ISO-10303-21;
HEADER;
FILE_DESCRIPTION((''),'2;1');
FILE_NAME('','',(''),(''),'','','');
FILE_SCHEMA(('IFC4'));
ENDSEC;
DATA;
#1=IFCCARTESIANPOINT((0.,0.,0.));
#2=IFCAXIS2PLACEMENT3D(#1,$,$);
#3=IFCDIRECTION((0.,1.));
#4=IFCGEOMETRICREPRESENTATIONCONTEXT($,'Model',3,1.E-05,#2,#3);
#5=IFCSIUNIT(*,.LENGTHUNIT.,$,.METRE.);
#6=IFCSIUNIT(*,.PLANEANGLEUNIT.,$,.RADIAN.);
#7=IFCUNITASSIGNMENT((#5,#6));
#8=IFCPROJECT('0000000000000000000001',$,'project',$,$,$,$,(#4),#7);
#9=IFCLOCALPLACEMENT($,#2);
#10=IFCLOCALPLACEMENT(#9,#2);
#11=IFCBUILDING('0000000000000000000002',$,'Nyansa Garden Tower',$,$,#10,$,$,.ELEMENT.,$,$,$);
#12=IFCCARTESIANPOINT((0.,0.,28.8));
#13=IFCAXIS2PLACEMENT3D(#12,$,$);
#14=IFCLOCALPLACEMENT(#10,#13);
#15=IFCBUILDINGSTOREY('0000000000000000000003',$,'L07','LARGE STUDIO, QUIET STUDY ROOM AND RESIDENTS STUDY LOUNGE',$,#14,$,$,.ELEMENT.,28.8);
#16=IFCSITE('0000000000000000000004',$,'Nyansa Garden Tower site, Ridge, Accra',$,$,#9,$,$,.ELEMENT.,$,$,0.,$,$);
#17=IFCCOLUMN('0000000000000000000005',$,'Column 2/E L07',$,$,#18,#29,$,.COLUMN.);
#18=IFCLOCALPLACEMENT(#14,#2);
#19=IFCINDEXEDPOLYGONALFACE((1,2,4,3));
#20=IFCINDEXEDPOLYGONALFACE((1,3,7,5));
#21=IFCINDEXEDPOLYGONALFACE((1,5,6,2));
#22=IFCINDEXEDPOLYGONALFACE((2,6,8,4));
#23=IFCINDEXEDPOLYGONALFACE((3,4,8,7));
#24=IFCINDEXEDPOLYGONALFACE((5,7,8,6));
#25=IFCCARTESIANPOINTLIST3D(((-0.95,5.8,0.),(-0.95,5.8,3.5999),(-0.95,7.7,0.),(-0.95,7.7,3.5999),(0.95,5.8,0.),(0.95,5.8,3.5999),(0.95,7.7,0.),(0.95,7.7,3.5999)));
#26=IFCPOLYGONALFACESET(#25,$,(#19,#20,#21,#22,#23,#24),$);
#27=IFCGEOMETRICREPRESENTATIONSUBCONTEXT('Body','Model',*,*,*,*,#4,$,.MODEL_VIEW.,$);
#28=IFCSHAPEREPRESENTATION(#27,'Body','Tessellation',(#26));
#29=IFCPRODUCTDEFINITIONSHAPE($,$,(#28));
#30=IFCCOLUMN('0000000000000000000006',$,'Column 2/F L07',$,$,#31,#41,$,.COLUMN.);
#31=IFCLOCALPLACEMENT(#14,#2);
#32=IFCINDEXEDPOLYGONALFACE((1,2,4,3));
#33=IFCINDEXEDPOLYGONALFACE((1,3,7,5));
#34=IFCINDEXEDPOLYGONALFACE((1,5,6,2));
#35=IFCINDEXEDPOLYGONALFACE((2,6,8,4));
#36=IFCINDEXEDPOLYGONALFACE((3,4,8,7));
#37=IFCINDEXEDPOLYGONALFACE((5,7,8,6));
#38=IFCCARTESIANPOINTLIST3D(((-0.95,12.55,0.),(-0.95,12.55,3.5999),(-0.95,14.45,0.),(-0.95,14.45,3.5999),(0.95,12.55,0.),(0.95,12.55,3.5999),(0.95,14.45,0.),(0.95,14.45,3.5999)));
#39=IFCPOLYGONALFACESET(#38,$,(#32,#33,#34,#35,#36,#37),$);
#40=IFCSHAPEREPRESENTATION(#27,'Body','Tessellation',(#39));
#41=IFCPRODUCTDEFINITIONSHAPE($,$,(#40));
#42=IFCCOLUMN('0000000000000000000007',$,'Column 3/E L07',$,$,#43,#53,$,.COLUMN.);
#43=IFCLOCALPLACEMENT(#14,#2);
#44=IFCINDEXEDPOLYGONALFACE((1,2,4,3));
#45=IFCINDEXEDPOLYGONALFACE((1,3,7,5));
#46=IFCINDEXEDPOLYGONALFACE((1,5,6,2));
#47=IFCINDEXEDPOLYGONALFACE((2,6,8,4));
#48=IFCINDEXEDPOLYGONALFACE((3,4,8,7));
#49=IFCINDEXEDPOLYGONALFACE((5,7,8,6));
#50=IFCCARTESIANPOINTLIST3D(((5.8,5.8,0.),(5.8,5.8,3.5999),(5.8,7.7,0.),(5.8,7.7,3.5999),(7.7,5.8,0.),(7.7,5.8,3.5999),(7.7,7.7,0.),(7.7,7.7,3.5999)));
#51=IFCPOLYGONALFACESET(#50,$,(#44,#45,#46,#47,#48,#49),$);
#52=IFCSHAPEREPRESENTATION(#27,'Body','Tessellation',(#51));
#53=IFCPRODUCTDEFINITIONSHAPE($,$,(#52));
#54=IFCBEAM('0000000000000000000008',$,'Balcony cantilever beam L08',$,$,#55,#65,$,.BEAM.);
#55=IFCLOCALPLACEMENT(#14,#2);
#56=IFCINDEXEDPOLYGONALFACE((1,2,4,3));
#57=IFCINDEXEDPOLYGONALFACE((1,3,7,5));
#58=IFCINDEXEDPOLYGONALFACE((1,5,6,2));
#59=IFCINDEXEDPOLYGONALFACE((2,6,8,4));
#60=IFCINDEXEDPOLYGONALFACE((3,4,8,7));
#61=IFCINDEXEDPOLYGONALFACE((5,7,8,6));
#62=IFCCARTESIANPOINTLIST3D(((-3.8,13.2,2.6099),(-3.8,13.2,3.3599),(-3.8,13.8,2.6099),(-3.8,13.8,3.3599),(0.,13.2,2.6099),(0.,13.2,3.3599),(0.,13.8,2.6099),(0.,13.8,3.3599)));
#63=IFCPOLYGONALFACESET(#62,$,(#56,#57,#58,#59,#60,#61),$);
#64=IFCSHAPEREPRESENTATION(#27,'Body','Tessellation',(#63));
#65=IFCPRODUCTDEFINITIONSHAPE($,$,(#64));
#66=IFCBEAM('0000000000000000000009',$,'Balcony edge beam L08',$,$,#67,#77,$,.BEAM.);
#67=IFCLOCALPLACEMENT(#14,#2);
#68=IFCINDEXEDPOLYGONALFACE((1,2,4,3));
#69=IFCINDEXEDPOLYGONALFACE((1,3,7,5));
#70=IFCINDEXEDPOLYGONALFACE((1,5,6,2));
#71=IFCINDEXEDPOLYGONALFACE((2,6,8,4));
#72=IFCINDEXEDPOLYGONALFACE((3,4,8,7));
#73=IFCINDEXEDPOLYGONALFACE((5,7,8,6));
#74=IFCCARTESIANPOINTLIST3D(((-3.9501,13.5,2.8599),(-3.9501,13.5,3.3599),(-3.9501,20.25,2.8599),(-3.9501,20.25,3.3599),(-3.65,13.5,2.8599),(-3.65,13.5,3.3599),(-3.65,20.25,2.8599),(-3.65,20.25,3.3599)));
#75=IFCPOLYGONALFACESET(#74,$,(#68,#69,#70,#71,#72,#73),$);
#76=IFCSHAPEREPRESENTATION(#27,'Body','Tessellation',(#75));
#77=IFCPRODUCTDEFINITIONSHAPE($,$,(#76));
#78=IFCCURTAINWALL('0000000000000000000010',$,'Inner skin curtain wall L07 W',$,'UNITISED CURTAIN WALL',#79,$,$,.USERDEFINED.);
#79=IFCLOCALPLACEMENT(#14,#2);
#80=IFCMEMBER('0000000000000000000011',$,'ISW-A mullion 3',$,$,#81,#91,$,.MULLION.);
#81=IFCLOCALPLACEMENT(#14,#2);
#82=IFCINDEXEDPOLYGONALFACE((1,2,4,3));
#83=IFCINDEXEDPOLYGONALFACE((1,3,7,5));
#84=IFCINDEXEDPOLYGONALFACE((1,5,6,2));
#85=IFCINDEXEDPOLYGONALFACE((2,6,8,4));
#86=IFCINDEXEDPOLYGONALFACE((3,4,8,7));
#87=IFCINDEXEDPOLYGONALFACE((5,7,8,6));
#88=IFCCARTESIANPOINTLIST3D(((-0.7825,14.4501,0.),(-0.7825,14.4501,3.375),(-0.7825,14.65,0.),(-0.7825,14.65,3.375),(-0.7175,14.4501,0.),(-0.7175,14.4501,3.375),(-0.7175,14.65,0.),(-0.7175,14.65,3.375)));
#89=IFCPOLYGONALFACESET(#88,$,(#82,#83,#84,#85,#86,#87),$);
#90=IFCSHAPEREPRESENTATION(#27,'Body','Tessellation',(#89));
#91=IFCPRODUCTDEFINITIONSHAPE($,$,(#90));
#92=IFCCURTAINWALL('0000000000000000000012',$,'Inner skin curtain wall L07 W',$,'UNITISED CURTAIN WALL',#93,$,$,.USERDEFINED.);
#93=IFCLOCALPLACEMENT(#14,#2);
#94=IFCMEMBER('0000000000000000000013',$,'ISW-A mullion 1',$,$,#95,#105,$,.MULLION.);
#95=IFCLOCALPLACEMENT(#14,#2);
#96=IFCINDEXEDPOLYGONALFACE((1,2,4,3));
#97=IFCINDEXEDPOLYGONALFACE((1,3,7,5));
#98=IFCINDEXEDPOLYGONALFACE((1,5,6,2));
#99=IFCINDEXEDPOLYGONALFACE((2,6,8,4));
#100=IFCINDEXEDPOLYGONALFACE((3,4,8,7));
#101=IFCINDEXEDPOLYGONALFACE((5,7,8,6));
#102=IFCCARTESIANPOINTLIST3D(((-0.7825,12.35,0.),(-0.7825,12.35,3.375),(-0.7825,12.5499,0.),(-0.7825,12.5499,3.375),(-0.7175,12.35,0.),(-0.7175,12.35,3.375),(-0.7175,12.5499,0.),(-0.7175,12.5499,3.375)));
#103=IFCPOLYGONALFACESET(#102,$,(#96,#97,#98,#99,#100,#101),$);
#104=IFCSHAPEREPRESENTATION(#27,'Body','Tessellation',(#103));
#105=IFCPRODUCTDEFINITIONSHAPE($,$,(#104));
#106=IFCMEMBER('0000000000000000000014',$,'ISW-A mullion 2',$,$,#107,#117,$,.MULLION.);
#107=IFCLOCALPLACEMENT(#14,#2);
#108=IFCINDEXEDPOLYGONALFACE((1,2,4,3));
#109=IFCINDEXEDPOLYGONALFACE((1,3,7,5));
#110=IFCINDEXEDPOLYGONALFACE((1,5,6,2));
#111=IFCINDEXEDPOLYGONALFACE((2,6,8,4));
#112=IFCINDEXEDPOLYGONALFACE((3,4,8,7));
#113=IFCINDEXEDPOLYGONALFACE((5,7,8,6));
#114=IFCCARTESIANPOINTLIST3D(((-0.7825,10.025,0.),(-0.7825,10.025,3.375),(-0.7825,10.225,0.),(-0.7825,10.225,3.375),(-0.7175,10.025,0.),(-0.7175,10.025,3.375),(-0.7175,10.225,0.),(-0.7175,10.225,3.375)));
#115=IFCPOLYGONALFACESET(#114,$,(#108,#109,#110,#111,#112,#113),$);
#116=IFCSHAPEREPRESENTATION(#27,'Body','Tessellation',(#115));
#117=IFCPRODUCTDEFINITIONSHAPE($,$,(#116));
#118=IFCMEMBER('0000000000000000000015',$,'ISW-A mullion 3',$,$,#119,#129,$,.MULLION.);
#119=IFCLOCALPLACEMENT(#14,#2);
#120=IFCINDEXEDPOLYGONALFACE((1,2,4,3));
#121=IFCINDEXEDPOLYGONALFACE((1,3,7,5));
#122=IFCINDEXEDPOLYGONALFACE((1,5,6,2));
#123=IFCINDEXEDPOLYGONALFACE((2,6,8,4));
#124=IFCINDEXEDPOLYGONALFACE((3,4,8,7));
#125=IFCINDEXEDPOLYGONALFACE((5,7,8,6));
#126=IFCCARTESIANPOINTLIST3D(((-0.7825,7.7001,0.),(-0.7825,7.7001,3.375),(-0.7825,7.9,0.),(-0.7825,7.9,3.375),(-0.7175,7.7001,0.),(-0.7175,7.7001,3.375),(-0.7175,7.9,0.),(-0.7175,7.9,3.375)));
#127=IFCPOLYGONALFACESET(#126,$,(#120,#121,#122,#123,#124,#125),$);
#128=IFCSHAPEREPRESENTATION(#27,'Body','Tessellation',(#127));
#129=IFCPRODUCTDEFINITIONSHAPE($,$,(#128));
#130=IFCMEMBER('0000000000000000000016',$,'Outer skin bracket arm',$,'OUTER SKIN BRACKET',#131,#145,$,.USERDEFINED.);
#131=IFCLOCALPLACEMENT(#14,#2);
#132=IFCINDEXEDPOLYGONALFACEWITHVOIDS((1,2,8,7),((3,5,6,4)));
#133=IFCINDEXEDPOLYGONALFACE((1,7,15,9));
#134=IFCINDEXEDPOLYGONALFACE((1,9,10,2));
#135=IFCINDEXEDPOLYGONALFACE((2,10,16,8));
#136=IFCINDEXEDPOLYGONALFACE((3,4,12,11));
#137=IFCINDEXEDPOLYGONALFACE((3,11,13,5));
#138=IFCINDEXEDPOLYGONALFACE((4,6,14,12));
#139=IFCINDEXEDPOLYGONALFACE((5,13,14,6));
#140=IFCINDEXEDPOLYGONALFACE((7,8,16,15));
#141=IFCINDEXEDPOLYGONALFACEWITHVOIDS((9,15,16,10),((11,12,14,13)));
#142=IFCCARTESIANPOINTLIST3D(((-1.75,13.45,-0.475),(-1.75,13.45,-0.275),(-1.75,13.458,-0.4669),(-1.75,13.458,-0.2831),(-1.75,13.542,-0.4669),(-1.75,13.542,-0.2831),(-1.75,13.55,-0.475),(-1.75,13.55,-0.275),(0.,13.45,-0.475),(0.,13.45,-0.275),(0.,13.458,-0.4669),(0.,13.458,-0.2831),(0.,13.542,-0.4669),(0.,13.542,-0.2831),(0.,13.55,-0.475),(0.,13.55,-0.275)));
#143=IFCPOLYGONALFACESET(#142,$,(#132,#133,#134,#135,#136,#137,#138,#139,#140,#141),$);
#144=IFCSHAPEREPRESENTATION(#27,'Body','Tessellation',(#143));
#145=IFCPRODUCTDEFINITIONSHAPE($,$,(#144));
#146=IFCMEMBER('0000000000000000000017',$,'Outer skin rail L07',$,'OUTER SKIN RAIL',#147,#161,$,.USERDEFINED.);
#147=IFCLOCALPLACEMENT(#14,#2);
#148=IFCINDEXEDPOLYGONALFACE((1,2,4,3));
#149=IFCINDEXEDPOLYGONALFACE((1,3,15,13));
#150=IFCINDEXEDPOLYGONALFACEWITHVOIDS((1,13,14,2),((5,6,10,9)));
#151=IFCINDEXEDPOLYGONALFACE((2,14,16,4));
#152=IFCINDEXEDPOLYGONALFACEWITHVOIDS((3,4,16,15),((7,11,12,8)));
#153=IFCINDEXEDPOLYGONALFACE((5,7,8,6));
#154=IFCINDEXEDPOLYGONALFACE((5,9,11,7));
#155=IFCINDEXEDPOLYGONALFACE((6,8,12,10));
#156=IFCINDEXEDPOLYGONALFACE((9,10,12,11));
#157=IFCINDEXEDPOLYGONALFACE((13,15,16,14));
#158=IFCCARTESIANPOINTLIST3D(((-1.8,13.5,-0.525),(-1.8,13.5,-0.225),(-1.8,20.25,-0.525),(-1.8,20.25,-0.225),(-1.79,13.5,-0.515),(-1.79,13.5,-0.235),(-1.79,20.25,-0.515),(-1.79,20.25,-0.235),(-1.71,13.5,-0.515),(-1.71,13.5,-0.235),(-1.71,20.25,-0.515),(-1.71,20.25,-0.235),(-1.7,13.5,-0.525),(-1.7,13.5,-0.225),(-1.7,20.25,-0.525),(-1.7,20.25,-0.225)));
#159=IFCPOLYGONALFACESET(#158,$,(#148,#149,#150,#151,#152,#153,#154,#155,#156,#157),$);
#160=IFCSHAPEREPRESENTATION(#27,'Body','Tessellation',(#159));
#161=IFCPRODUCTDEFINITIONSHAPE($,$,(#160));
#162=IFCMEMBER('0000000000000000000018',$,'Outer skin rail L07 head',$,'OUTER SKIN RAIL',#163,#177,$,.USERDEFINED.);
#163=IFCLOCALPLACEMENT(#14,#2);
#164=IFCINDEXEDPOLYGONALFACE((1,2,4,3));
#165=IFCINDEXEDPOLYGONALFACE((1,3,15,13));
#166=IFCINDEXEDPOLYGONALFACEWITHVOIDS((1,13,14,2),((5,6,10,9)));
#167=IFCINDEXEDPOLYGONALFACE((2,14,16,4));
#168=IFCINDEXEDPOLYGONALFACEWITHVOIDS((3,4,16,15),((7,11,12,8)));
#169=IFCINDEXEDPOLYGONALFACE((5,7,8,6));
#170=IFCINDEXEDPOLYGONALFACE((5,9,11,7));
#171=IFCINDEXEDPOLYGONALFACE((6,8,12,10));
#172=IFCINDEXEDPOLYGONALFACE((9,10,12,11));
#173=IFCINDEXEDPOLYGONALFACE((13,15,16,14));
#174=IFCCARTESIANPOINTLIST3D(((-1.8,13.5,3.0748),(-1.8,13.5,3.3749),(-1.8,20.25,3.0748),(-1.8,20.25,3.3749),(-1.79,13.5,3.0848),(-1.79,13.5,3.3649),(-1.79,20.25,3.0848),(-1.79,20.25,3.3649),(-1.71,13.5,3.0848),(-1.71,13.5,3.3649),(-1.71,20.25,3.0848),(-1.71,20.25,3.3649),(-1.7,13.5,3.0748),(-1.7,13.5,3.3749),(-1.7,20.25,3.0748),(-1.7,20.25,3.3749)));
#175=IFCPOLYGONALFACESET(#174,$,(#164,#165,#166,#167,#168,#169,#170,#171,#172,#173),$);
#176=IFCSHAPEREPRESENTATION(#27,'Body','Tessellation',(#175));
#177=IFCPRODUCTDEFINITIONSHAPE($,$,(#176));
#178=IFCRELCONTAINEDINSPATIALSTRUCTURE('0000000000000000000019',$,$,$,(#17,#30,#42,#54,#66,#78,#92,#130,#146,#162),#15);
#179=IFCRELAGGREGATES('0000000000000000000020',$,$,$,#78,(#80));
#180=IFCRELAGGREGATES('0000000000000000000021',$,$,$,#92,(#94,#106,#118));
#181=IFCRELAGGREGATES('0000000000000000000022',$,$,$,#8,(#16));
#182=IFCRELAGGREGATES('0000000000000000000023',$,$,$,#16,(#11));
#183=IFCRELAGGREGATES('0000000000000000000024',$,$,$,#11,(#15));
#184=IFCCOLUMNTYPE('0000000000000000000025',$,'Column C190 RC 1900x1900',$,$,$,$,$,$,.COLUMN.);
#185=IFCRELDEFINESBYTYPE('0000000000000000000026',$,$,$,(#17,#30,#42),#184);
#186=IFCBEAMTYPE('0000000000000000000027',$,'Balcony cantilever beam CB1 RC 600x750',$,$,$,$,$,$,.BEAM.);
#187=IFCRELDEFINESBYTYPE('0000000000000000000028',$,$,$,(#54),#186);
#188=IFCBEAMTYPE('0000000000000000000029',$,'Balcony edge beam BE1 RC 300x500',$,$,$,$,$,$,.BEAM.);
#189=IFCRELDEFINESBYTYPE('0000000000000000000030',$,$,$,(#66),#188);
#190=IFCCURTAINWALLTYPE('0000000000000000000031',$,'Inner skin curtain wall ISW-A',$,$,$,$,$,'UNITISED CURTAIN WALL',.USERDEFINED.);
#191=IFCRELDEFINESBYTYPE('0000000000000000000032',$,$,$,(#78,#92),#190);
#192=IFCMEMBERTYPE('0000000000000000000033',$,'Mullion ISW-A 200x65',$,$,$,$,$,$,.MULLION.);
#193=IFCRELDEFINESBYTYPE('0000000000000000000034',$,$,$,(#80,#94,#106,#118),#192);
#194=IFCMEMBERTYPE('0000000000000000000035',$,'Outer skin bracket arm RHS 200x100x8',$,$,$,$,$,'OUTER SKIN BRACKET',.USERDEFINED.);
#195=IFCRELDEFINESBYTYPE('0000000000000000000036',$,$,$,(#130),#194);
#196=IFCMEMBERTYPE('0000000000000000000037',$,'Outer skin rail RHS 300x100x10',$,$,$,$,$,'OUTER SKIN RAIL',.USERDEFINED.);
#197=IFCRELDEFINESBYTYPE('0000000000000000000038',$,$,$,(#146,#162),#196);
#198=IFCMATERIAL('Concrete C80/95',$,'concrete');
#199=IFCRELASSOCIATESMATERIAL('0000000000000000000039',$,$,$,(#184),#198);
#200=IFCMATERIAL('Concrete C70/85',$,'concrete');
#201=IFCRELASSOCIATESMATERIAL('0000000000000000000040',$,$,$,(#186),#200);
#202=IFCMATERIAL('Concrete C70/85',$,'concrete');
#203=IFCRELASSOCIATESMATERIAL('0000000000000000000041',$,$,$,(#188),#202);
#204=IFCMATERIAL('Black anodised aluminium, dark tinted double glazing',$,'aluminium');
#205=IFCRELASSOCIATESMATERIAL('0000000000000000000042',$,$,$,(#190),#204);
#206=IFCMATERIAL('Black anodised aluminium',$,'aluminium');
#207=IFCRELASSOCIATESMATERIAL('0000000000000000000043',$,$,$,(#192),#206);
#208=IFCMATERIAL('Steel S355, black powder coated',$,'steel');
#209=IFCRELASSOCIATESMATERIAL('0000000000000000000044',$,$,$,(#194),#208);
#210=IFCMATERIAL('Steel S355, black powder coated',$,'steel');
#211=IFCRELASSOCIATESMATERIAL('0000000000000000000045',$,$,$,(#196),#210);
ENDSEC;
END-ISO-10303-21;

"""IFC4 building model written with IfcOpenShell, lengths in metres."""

from ifc_helpers import new_model, si_unit, direction, frame, origin, origin_2d, place, context, subcontext, project, spatial, rectangle, hollow_rectangle, extrude, material, material_profile, profile_set, type_object, element, aggregate, save


model = new_model("IFC4")

# Units and contexts
model_context = context("Model", 3, precision=1e-05, world=origin(), true_north=direction((0.0, 1.0)))
body_context = subcontext(model_context, "Body", "Model", "MODEL_VIEW")
ifc_project = project(units=[si_unit("LENGTHUNIT", "METRE"), si_unit("PLANEANGLEUNIT", "RADIAN")], contexts=[model_context])

# Site, building, storey
site_placement = place(None, origin())
site = spatial("IfcSite", under=ifc_project, at=site_placement, Name="Nyansa Garden Tower site, Ridge, Accra", CompositionType="ELEMENT", RefElevation=0.0)
building_placement = place(site_placement, origin())
building = spatial("IfcBuilding", under=site, at=building_placement, Name="Nyansa Garden Tower", CompositionType="ELEMENT")
storey_placement = place(building_placement, frame((0.0, 0.0, 28.8)))
storey = spatial("IfcBuildingStorey", under=building, at=storey_placement, Name="L07", Description="LARGE STUDIO, QUIET STUDY ROOM AND RESIDENTS STUDY LOUNGE", CompositionType="ELEMENT", Elevation=28.8)

# Columns
ifc_material_1 = material(Name="Concrete C80/95", Category="concrete")
ifc_material_profile_1 = material_profile(ifc_material_1, rectangle(XDim=1.8999, YDim=1.8999, at=origin_2d()), Name="RC 1900x1900")
ifc_profile_set_1 = profile_set([ifc_material_profile_1], Name="Concrete C80/95")
column_type = type_object("IfcColumnType", Name="Column C190 RC 1900x1900", PredefinedType="COLUMN", material=ifc_profile_set_1)
for number, where, z_axis, x_axis, name in (
    (1, (0.0, 6.75, 0.0), (0.0, 0.0, 1.0), (1.0, 0.0, 0.0), "Column 2/E L07"),
    (2, (0.0, 13.5, 0.0), (0.0, 0.0, 1.0), (1.0, 0.0, 0.0), "Column 2/F L07"),
    (3, (6.75, 6.75, 0.0), (0.0, 0.0, 1.0), (1.0, 0.0, 0.0), "Column 3/E L07"),
):
    element("IfcColumn", number, at=place(storey_placement, frame(where, z_axis=z_axis, x_axis=x_axis)), inside=storey, type_object=column_type, Name=name, PredefinedType="COLUMN", context=body_context, shape_type="SweptSolid", body=[
        extrude(rectangle(XDim=1.8999, YDim=1.8999, at=origin_2d()), origin(), (0.0, 0.0, 1.0), 3.5999),
    ])

# Beams
ifc_material_2 = material(Name="Concrete C70/85", Category="concrete")
ifc_material_profile_2 = material_profile(ifc_material_2, rectangle(XDim=0.6001, YDim=0.75, at=origin_2d()), Name="RC 600x750")
ifc_profile_set_2 = profile_set([ifc_material_profile_2], Name="Concrete C70/85")
beam_type_1 = type_object("IfcBeamType", Name="Balcony cantilever beam CB1 RC 600x750", PredefinedType="BEAM", material=ifc_profile_set_2)
beam_1_placement = place(storey_placement, frame((0.0, 13.5, 2.9849), z_axis=(-1.0, 0.0, 0.0), x_axis=(0.0, -1.0, 0.0)))
element("IfcBeam", 4, at=beam_1_placement, inside=storey, type_object=beam_type_1, Name="Balcony cantilever beam L08", PredefinedType="BEAM", context=body_context, shape_type="SweptSolid", body=[
    extrude(rectangle(XDim=0.6001, YDim=0.75, at=origin_2d()), origin(), (0.0, 0.0, 1.0), 3.8),
])
ifc_material_3 = material(Name="Concrete C70/85", Category="concrete")
ifc_material_profile_3 = material_profile(ifc_material_3, rectangle(XDim=0.3, YDim=0.5, at=origin_2d()), Name="RC 300x500")
ifc_profile_set_3 = profile_set([ifc_material_profile_3], Name="Concrete C70/85")
beam_type_2 = type_object("IfcBeamType", Name="Balcony edge beam BE1 RC 300x500", PredefinedType="BEAM", material=ifc_profile_set_3)
beam_2_placement = place(storey_placement, frame((-3.8, 13.5, 3.1099), z_axis=(0.0, 1.0, 0.0), x_axis=(-1.0, 0.0, 0.0)))
element("IfcBeam", 5, at=beam_2_placement, inside=storey, type_object=beam_type_2, Name="Balcony edge beam L08", PredefinedType="BEAM", context=body_context, shape_type="SweptSolid", body=[
    extrude(rectangle(XDim=0.3, YDim=0.5, at=origin_2d()), origin(), (0.0, 0.0, 1.0), 6.75),
])

# Curtain wall, member
ifc_material_4 = material(Name="Black anodised aluminium, dark tinted double glazing", Category="aluminium")
curtain_wall_type = type_object("IfcCurtainWallType", Name="Inner skin curtain wall ISW-A", ElementType="UNITISED CURTAIN WALL", PredefinedType="USERDEFINED", material=ifc_material_4)
curtain_wall_1_placement = place(storey_placement, origin())
curtain_wall_1 = element("IfcCurtainWall", 6, at=curtain_wall_1_placement, inside=storey, type_object=curtain_wall_type, Name="Inner skin curtain wall L07 W", ObjectType="UNITISED CURTAIN WALL", PredefinedType="USERDEFINED")
ifc_material_5 = material(Name="Black anodised aluminium", Category="aluminium")
ifc_material_profile_4 = material_profile(ifc_material_5, rectangle(XDim=0.0649, YDim=0.2, at=origin_2d()), Name="Mullion 200x65")
ifc_profile_set_4 = profile_set([ifc_material_profile_4], Name="Black anodised aluminium")
member_type_1 = type_object("IfcMemberType", Name="Mullion ISW-A 200x65", PredefinedType="MULLION", material=ifc_profile_set_4)
member_1_placement = place(storey_placement, frame((-0.75, 14.55, 0.0), z_axis=(0.0, 0.0, 1.0), x_axis=(1.0, 0.0, 0.0)))
member_1 = element("IfcMember", 7, at=member_1_placement, type_object=member_type_1, Name="ISW-A mullion 3", PredefinedType="MULLION", context=body_context, shape_type="SweptSolid", body=[
    extrude(rectangle(XDim=0.0649, YDim=0.2, at=origin_2d()), origin(), (0.0, 0.0, 1.0), 3.375),
])

# Curtain wall, members
curtain_wall_2_placement = place(storey_placement, origin())
curtain_wall_2 = element("IfcCurtainWall", 8, at=curtain_wall_2_placement, inside=storey, type_object=curtain_wall_type, Name="Inner skin curtain wall L07 W", ObjectType="UNITISED CURTAIN WALL", PredefinedType="USERDEFINED")
member_2_placement = place(storey_placement, frame((-0.75, 12.45, 0.0), z_axis=(0.0, 0.0, 1.0), x_axis=(1.0, 0.0, 0.0)))
member_2 = element("IfcMember", 9, at=member_2_placement, type_object=member_type_1, Name="ISW-A mullion 1", PredefinedType="MULLION", context=body_context, shape_type="SweptSolid", body=[
    extrude(rectangle(XDim=0.0649, YDim=0.2, at=origin_2d()), origin(), (0.0, 0.0, 1.0), 3.375),
])
member_3_placement = place(storey_placement, frame((-0.75, 10.125, 0.0), z_axis=(0.0, 0.0, 1.0), x_axis=(1.0, 0.0, 0.0)))
member_3 = element("IfcMember", 10, at=member_3_placement, type_object=member_type_1, Name="ISW-A mullion 2", PredefinedType="MULLION", context=body_context, shape_type="SweptSolid", body=[
    extrude(rectangle(XDim=0.0649, YDim=0.2, at=origin_2d()), origin(), (0.0, 0.0, 1.0), 3.375),
])
member_4_placement = place(storey_placement, frame((-0.75, 7.8, 0.0), z_axis=(0.0, 0.0, 1.0), x_axis=(1.0, 0.0, 0.0)))
member_4 = element("IfcMember", 11, at=member_4_placement, type_object=member_type_1, Name="ISW-A mullion 3", PredefinedType="MULLION", context=body_context, shape_type="SweptSolid", body=[
    extrude(rectangle(XDim=0.0649, YDim=0.2, at=origin_2d()), origin(), (0.0, 0.0, 1.0), 3.375),
])

# Members
ifc_material_6 = material(Name="Steel S355, black powder coated", Category="steel")
ifc_material_profile_5 = material_profile(ifc_material_6, hollow_rectangle(XDim=0.1001, YDim=0.2, WallThickness=0.0081, at=origin_2d()), Name="RHS 200x100x8")
ifc_profile_set_5 = profile_set([ifc_material_profile_5], Name="Steel S355, black powder coated")
member_type_2 = type_object("IfcMemberType", Name="Outer skin bracket arm RHS 200x100x8", ElementType="OUTER SKIN BRACKET", PredefinedType="USERDEFINED", material=ifc_profile_set_5)
member_5_placement = place(storey_placement, frame((0.0, 13.5, -0.375), z_axis=(-1.0, 0.0, 0.0), x_axis=(0.0, -1.0, 0.0)))
element("IfcMember", 12, at=member_5_placement, inside=storey, type_object=member_type_2, Name="Outer skin bracket arm", ObjectType="OUTER SKIN BRACKET", PredefinedType="USERDEFINED", context=body_context, shape_type="SweptSolid", body=[
    extrude(hollow_rectangle(XDim=0.1001, YDim=0.2, WallThickness=0.0081, at=origin_2d()), origin(), (0.0, 0.0, 1.0), 1.75),
])
ifc_material_7 = material(Name="Steel S355, black powder coated", Category="steel")
ifc_material_profile_6 = material_profile(ifc_material_7, hollow_rectangle(XDim=0.1001, YDim=0.3, WallThickness=0.01, at=origin_2d()), Name="RHS 300x100x10")
ifc_profile_set_6 = profile_set([ifc_material_profile_6], Name="Steel S355, black powder coated")
member_type_3 = type_object("IfcMemberType", Name="Outer skin rail RHS 300x100x10", ElementType="OUTER SKIN RAIL", PredefinedType="USERDEFINED", material=ifc_profile_set_6)
for number, where, z_axis, x_axis, name in (
    (13, (-1.75, 13.5, -0.375), (0.0, 1.0, 0.0), (-1.0, 0.0, 0.0), "Outer skin rail L07"),
    (14, (-1.75, 13.5, 3.2249), (0.0, 1.0, 0.0), (-1.0, 0.0, 0.0), "Outer skin rail L07 head"),
):
    element("IfcMember", number, at=place(storey_placement, frame(where, z_axis=z_axis, x_axis=x_axis)), inside=storey, type_object=member_type_3, Name=name, ObjectType="OUTER SKIN RAIL", PredefinedType="USERDEFINED", context=body_context, shape_type="SweptSolid", body=[
        extrude(hollow_rectangle(XDim=0.1001, YDim=0.3, WallThickness=0.01, at=origin_2d()), origin(), (0.0, 0.0, 1.0), 6.75),
    ])

aggregate(curtain_wall_1, [member_1])
aggregate(curtain_wall_2, [member_2, member_3, member_4])

save(model, "model.ifc")
